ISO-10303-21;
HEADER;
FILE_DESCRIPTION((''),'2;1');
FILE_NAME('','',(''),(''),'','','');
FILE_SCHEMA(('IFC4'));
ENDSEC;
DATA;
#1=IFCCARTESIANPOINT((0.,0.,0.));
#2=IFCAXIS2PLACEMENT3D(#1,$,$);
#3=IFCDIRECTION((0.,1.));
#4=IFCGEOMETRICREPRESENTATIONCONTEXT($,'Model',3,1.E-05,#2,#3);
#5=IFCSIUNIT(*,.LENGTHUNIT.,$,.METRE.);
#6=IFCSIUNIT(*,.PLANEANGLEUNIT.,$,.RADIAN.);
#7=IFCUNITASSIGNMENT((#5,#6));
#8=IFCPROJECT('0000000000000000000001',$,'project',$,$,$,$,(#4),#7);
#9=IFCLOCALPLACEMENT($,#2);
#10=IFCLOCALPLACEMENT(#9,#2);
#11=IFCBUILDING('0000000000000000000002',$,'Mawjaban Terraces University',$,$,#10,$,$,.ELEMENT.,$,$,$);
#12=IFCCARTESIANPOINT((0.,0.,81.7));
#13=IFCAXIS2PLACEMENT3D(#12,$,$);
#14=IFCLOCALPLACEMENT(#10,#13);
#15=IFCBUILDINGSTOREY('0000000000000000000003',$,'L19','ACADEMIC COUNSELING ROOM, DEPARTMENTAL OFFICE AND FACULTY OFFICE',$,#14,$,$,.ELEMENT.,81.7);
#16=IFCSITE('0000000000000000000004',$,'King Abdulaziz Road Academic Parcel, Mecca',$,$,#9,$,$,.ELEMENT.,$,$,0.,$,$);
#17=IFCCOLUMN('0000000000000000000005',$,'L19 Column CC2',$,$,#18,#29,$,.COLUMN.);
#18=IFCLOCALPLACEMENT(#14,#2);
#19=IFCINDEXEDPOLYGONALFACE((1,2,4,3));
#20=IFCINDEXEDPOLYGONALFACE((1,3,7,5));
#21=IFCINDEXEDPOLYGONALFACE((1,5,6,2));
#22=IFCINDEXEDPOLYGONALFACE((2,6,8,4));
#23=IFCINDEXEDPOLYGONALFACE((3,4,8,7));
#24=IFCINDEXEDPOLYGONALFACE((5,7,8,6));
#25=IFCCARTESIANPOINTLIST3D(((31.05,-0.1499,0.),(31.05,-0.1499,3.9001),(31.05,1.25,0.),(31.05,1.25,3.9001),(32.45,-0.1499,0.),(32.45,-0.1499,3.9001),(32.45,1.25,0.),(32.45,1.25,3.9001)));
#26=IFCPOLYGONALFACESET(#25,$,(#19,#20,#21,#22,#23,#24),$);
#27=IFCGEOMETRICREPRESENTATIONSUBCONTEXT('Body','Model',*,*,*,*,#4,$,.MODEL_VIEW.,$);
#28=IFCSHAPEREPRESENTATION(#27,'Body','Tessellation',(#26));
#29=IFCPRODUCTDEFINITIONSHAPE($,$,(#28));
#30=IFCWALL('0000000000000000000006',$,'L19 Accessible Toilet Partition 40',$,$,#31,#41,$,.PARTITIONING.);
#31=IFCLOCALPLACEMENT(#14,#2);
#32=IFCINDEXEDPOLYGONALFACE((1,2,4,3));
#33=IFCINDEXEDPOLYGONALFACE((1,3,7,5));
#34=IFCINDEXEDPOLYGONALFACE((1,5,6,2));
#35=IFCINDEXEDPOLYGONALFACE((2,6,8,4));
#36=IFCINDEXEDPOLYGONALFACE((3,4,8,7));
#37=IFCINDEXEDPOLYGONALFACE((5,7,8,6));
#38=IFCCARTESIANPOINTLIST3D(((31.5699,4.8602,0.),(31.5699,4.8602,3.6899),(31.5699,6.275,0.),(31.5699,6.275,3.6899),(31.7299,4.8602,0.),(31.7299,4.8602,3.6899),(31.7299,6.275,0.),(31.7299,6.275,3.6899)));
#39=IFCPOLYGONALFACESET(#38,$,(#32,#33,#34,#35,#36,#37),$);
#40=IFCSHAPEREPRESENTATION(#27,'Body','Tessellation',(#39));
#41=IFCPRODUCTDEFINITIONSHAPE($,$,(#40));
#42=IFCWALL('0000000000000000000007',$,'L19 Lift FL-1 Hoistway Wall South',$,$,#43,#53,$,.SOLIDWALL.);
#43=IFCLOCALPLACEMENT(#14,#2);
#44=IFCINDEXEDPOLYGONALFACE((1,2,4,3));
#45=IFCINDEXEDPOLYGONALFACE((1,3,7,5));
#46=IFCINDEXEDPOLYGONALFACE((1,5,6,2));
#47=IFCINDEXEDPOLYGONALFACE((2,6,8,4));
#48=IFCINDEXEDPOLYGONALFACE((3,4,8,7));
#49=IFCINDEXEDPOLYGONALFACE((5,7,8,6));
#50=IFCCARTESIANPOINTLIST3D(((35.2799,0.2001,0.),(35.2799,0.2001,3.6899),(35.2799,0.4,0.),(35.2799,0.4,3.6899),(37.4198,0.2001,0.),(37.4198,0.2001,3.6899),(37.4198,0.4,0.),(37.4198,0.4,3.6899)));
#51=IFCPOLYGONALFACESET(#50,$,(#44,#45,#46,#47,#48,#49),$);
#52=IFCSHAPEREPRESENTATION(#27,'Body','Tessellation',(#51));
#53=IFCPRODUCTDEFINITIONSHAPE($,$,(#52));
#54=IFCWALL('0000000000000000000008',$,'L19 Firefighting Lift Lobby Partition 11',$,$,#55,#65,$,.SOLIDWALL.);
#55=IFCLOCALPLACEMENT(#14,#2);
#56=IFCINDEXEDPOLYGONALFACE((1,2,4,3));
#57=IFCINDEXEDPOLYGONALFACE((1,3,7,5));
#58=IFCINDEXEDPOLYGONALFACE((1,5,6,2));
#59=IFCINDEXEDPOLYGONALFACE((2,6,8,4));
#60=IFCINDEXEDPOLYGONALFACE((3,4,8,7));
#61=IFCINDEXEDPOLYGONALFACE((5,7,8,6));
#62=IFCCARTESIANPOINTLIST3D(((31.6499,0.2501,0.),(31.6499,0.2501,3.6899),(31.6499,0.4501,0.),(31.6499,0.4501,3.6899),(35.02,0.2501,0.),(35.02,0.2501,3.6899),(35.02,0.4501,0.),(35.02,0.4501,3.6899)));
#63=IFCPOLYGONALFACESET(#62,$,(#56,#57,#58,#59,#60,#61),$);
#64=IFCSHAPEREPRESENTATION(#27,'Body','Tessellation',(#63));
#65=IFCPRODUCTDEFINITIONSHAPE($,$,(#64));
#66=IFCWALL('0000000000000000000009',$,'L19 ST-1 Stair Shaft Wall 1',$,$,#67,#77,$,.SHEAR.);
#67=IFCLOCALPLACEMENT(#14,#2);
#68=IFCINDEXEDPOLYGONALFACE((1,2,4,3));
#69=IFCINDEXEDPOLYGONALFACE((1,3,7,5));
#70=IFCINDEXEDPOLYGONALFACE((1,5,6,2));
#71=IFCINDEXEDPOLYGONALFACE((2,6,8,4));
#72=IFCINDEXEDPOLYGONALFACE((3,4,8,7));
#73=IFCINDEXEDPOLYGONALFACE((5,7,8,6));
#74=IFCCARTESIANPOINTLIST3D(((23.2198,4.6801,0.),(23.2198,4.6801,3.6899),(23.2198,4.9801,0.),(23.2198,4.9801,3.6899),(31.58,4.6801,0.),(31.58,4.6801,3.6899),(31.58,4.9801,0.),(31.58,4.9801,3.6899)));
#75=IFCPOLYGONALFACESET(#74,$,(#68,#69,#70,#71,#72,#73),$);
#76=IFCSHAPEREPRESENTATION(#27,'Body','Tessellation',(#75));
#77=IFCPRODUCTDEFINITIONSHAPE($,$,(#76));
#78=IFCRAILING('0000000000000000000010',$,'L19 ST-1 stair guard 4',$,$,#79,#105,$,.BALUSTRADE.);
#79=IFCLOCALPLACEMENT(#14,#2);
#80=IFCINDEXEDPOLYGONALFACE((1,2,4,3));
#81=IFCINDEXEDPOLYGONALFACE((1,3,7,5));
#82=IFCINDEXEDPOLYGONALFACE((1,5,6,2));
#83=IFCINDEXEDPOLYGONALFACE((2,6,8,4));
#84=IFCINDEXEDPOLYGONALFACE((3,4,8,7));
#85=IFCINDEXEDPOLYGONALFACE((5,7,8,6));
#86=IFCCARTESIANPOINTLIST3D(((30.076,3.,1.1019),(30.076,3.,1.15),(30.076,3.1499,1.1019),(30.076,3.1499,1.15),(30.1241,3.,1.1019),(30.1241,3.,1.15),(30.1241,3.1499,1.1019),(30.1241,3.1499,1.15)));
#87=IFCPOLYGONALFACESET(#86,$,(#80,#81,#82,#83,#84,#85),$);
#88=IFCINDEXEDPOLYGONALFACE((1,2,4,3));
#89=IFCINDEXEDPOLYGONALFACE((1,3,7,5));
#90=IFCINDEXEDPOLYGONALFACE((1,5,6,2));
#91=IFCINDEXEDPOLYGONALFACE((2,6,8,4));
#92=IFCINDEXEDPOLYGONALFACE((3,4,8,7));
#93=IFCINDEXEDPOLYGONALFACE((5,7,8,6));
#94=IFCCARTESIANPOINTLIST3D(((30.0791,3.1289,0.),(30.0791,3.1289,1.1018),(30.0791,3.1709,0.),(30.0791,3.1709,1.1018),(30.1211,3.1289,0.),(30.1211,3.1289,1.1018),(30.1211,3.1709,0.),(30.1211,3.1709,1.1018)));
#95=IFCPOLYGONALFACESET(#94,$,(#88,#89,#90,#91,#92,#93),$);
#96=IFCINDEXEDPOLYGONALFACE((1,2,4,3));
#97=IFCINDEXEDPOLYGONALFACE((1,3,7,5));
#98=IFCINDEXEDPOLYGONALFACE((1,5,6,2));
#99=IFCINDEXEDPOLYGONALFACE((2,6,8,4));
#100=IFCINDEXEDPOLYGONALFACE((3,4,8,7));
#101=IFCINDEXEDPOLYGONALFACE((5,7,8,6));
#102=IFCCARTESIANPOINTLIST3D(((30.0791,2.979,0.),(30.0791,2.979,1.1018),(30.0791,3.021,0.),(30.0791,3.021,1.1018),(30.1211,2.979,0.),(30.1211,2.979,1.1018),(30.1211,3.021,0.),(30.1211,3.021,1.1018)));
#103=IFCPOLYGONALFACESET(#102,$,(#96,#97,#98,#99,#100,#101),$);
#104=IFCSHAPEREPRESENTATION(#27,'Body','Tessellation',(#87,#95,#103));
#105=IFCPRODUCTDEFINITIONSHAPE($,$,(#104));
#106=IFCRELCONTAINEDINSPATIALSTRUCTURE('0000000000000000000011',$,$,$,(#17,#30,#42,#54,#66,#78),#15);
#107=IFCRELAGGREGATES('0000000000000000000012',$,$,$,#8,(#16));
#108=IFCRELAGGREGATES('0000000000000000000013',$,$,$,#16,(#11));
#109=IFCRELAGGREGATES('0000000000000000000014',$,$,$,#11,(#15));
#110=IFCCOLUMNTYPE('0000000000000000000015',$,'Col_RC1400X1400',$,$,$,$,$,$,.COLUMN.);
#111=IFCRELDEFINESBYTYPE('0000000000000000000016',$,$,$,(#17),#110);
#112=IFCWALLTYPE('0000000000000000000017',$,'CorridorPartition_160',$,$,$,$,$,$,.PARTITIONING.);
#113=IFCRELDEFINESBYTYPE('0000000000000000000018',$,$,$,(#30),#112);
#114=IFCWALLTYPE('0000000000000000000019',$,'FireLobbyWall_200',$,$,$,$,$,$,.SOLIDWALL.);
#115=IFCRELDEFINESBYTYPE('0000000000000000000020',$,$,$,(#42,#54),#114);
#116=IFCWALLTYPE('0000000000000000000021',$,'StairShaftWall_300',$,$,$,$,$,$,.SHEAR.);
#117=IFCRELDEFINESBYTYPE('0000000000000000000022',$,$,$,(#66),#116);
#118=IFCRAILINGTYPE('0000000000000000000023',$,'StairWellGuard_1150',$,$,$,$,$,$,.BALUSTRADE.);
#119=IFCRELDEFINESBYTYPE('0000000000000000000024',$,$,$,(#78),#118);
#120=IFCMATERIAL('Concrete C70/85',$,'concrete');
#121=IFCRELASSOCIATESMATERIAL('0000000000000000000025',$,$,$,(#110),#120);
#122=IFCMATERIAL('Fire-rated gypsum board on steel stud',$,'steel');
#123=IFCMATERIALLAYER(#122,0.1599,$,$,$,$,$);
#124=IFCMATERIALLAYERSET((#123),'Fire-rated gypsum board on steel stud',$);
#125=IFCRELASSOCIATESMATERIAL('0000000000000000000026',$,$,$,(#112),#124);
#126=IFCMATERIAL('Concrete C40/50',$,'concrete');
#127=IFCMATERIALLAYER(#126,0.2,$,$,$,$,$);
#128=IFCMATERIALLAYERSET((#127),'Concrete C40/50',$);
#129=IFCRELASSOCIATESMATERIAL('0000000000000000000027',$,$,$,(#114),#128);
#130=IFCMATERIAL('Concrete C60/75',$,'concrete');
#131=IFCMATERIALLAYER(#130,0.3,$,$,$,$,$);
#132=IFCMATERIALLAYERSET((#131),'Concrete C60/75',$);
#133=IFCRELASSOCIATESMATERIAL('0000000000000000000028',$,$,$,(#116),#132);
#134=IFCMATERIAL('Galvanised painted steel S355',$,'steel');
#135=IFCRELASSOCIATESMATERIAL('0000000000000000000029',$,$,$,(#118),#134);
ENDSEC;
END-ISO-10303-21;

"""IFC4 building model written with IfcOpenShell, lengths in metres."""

from ifc_helpers import new_model, si_unit, direction, frame, frame_2d, origin, origin_2d, place, context, subcontext, project, spatial, rectangle, extrude, material, layer, layer_set, material_profile, profile_set, type_object, element, save


model = new_model("IFC4")

# Units and contexts
model_context = context("Model", 3, precision=1e-05, world=origin(), true_north=direction((0.0, 1.0)))
body_context = subcontext(model_context, "Body", "Model", "MODEL_VIEW")
ifc_project = project(units=[si_unit("LENGTHUNIT", "METRE"), si_unit("PLANEANGLEUNIT", "RADIAN")], contexts=[model_context])

# Site, building, storey
site_placement = place(None, origin())
site = spatial("IfcSite", under=ifc_project, at=site_placement, Name="King Abdulaziz Road Academic Parcel, Mecca", CompositionType="ELEMENT", RefElevation=0.0)
building_placement = place(site_placement, origin())
building = spatial("IfcBuilding", under=site, at=building_placement, Name="Mawjaban Terraces University", CompositionType="ELEMENT")
storey_placement = place(building_placement, frame((0.0, 0.0, 81.7)))
storey = spatial("IfcBuildingStorey", under=building, at=storey_placement, Name="L19", Description="ACADEMIC COUNSELING ROOM, DEPARTMENTAL OFFICE AND FACULTY OFFICE", CompositionType="ELEMENT", Elevation=81.7)

# Column
ifc_material_1 = material(Name="Concrete C70/85", Category="concrete")
ifc_material_profile = material_profile(ifc_material_1, rectangle(XDim=1.3999, YDim=1.3999, at=origin_2d()), Name="RC1400X1400")
ifc_profile_set = profile_set([ifc_material_profile], Name="Concrete C70/85")
column_type = type_object("IfcColumnType", Name="Col_RC1400X1400", PredefinedType="COLUMN", material=ifc_profile_set)
column_placement = place(storey_placement, frame((31.75, 0.55, 0.0), z_axis=(0.0, 0.0, 1.0), x_axis=(1.0, 0.0, 0.0)))
element("IfcColumn", 1, at=column_placement, inside=storey, type_object=column_type, Name="L19 Column CC2", PredefinedType="COLUMN", context=body_context, shape_type="SweptSolid", body=[
    extrude(rectangle(XDim=1.3999, YDim=1.3999, at=origin_2d()), origin(), (0.0, 0.0, 1.0), 3.9001),
])

# Wall
ifc_material_2 = material(Name="Fire-rated gypsum board on steel stud", Category="steel")
ifc_layer_1 = layer(ifc_material_2, 0.1599)
ifc_layer_set_1 = layer_set([ifc_layer_1], Name="Fire-rated gypsum board on steel stud")
wall_type_1 = type_object("IfcWallType", Name="CorridorPartition_160", PredefinedType="PARTITIONING", material=ifc_layer_set_1)
wall_1_placement = place(storey_placement, frame((31.6499, 4.8601, 0.0), z_axis=(0.0, 0.0, 1.0), x_axis=(0.0, 1.0, 0.0)))
element("IfcWall", 2, at=wall_1_placement, inside=storey, type_object=wall_type_1, Name="L19 Accessible Toilet Partition 40", PredefinedType="PARTITIONING", context=body_context, shape_type="SweptSolid", body=[
    extrude(rectangle(XDim=1.4148, YDim=0.1599, at=frame_2d((0.7075, 0.0))), origin(), (0.0, 0.0, 1.0), 3.6899),
])

# Shared definitions
ifc_material_3 = material(Name="Concrete C40/50", Category="concrete")
ifc_layer_2 = layer(ifc_material_3, 0.2)
ifc_layer_set_2 = layer_set([ifc_layer_2], Name="Concrete C40/50")
wall_type_2 = type_object("IfcWallType", Name="FireLobbyWall_200", PredefinedType="SOLIDWALL", material=ifc_layer_set_2)

# Wall
wall_2_placement = place(storey_placement, frame((35.28, 0.3, 0.0), z_axis=(0.0, 0.0, 1.0), x_axis=(1.0, 0.0, 0.0)))
element("IfcWall", 3, at=wall_2_placement, inside=storey, type_object=wall_type_2, Name="L19 Lift FL-1 Hoistway Wall South", PredefinedType="SOLIDWALL", context=body_context, shape_type="SweptSolid", body=[
    extrude(rectangle(XDim=2.1399, YDim=0.2, at=frame_2d((1.0698, 0.0))), origin(), (0.0, 0.0, 1.0), 3.6899),
])

# Wall
wall_3_placement = place(storey_placement, frame((31.6499, 0.3501, 0.0), z_axis=(0.0, 0.0, 1.0), x_axis=(1.0, 0.0, 0.0)))
element("IfcWall", 4, at=wall_3_placement, inside=storey, type_object=wall_type_2, Name="L19 Firefighting Lift Lobby Partition 11", PredefinedType="SOLIDWALL", context=body_context, shape_type="SweptSolid", body=[
    extrude(rectangle(XDim=3.3701, YDim=0.2, at=frame_2d((1.6851, 0.0))), origin(), (0.0, 0.0, 1.0), 3.6899),
])

# Wall
ifc_material_4 = material(Name="Concrete C60/75", Category="concrete")
ifc_layer_3 = layer(ifc_material_4, 0.3)
ifc_layer_set_3 = layer_set([ifc_layer_3], Name="Concrete C60/75")
wall_type_3 = type_object("IfcWallType", Name="StairShaftWall_300", PredefinedType="SHEAR", material=ifc_layer_set_3)
wall_4_placement = place(storey_placement, frame((31.5801, 4.8301, 0.0), z_axis=(0.0, 0.0, 1.0), x_axis=(-1.0, 0.0, 0.0)))
element("IfcWall", 5, at=wall_4_placement, inside=storey, type_object=wall_type_3, Name="L19 ST-1 Stair Shaft Wall 1", PredefinedType="SHEAR", context=body_context, shape_type="SweptSolid", body=[
    extrude(rectangle(XDim=8.3601, YDim=0.3, at=frame_2d((4.1802, 0.0))), origin(), (0.0, 0.0, 1.0), 3.6899),
])

# Railing
ifc_material_5 = material(Name="Galvanised painted steel S355", Category="steel")
railing_type = type_object("IfcRailingType", Name="StairWellGuard_1150", PredefinedType="BALUSTRADE", material=ifc_material_5)
railing_placement = place(storey_placement, frame((30.1001, 3.1499, 0.0)))
element("IfcRailing", 6, at=railing_placement, inside=storey, type_object=railing_type, Name="L19 ST-1 stair guard 4", PredefinedType="BALUSTRADE", context=body_context, shape_type="SweptSolid", body=[
    extrude(rectangle(XDim=0.0481, YDim=0.0481, at=origin_2d()), frame((0.0, 0.0, 1.126), z_axis=(0.0, -1.0, 0.0), x_axis=(1.0, 0.0, 0.0)), (0.0, 0.0, 1.0), 0.1499),
    extrude(rectangle(XDim=0.042, YDim=0.042, at=origin_2d()), origin(), (0.0, 0.0, 1.0), 1.1018),
    extrude(rectangle(XDim=0.042, YDim=0.042, at=origin_2d()), frame((0.0, -0.1499, 0.0)), (0.0, 0.0, 1.0), 1.1018),
])

save(model, "model.ifc")
